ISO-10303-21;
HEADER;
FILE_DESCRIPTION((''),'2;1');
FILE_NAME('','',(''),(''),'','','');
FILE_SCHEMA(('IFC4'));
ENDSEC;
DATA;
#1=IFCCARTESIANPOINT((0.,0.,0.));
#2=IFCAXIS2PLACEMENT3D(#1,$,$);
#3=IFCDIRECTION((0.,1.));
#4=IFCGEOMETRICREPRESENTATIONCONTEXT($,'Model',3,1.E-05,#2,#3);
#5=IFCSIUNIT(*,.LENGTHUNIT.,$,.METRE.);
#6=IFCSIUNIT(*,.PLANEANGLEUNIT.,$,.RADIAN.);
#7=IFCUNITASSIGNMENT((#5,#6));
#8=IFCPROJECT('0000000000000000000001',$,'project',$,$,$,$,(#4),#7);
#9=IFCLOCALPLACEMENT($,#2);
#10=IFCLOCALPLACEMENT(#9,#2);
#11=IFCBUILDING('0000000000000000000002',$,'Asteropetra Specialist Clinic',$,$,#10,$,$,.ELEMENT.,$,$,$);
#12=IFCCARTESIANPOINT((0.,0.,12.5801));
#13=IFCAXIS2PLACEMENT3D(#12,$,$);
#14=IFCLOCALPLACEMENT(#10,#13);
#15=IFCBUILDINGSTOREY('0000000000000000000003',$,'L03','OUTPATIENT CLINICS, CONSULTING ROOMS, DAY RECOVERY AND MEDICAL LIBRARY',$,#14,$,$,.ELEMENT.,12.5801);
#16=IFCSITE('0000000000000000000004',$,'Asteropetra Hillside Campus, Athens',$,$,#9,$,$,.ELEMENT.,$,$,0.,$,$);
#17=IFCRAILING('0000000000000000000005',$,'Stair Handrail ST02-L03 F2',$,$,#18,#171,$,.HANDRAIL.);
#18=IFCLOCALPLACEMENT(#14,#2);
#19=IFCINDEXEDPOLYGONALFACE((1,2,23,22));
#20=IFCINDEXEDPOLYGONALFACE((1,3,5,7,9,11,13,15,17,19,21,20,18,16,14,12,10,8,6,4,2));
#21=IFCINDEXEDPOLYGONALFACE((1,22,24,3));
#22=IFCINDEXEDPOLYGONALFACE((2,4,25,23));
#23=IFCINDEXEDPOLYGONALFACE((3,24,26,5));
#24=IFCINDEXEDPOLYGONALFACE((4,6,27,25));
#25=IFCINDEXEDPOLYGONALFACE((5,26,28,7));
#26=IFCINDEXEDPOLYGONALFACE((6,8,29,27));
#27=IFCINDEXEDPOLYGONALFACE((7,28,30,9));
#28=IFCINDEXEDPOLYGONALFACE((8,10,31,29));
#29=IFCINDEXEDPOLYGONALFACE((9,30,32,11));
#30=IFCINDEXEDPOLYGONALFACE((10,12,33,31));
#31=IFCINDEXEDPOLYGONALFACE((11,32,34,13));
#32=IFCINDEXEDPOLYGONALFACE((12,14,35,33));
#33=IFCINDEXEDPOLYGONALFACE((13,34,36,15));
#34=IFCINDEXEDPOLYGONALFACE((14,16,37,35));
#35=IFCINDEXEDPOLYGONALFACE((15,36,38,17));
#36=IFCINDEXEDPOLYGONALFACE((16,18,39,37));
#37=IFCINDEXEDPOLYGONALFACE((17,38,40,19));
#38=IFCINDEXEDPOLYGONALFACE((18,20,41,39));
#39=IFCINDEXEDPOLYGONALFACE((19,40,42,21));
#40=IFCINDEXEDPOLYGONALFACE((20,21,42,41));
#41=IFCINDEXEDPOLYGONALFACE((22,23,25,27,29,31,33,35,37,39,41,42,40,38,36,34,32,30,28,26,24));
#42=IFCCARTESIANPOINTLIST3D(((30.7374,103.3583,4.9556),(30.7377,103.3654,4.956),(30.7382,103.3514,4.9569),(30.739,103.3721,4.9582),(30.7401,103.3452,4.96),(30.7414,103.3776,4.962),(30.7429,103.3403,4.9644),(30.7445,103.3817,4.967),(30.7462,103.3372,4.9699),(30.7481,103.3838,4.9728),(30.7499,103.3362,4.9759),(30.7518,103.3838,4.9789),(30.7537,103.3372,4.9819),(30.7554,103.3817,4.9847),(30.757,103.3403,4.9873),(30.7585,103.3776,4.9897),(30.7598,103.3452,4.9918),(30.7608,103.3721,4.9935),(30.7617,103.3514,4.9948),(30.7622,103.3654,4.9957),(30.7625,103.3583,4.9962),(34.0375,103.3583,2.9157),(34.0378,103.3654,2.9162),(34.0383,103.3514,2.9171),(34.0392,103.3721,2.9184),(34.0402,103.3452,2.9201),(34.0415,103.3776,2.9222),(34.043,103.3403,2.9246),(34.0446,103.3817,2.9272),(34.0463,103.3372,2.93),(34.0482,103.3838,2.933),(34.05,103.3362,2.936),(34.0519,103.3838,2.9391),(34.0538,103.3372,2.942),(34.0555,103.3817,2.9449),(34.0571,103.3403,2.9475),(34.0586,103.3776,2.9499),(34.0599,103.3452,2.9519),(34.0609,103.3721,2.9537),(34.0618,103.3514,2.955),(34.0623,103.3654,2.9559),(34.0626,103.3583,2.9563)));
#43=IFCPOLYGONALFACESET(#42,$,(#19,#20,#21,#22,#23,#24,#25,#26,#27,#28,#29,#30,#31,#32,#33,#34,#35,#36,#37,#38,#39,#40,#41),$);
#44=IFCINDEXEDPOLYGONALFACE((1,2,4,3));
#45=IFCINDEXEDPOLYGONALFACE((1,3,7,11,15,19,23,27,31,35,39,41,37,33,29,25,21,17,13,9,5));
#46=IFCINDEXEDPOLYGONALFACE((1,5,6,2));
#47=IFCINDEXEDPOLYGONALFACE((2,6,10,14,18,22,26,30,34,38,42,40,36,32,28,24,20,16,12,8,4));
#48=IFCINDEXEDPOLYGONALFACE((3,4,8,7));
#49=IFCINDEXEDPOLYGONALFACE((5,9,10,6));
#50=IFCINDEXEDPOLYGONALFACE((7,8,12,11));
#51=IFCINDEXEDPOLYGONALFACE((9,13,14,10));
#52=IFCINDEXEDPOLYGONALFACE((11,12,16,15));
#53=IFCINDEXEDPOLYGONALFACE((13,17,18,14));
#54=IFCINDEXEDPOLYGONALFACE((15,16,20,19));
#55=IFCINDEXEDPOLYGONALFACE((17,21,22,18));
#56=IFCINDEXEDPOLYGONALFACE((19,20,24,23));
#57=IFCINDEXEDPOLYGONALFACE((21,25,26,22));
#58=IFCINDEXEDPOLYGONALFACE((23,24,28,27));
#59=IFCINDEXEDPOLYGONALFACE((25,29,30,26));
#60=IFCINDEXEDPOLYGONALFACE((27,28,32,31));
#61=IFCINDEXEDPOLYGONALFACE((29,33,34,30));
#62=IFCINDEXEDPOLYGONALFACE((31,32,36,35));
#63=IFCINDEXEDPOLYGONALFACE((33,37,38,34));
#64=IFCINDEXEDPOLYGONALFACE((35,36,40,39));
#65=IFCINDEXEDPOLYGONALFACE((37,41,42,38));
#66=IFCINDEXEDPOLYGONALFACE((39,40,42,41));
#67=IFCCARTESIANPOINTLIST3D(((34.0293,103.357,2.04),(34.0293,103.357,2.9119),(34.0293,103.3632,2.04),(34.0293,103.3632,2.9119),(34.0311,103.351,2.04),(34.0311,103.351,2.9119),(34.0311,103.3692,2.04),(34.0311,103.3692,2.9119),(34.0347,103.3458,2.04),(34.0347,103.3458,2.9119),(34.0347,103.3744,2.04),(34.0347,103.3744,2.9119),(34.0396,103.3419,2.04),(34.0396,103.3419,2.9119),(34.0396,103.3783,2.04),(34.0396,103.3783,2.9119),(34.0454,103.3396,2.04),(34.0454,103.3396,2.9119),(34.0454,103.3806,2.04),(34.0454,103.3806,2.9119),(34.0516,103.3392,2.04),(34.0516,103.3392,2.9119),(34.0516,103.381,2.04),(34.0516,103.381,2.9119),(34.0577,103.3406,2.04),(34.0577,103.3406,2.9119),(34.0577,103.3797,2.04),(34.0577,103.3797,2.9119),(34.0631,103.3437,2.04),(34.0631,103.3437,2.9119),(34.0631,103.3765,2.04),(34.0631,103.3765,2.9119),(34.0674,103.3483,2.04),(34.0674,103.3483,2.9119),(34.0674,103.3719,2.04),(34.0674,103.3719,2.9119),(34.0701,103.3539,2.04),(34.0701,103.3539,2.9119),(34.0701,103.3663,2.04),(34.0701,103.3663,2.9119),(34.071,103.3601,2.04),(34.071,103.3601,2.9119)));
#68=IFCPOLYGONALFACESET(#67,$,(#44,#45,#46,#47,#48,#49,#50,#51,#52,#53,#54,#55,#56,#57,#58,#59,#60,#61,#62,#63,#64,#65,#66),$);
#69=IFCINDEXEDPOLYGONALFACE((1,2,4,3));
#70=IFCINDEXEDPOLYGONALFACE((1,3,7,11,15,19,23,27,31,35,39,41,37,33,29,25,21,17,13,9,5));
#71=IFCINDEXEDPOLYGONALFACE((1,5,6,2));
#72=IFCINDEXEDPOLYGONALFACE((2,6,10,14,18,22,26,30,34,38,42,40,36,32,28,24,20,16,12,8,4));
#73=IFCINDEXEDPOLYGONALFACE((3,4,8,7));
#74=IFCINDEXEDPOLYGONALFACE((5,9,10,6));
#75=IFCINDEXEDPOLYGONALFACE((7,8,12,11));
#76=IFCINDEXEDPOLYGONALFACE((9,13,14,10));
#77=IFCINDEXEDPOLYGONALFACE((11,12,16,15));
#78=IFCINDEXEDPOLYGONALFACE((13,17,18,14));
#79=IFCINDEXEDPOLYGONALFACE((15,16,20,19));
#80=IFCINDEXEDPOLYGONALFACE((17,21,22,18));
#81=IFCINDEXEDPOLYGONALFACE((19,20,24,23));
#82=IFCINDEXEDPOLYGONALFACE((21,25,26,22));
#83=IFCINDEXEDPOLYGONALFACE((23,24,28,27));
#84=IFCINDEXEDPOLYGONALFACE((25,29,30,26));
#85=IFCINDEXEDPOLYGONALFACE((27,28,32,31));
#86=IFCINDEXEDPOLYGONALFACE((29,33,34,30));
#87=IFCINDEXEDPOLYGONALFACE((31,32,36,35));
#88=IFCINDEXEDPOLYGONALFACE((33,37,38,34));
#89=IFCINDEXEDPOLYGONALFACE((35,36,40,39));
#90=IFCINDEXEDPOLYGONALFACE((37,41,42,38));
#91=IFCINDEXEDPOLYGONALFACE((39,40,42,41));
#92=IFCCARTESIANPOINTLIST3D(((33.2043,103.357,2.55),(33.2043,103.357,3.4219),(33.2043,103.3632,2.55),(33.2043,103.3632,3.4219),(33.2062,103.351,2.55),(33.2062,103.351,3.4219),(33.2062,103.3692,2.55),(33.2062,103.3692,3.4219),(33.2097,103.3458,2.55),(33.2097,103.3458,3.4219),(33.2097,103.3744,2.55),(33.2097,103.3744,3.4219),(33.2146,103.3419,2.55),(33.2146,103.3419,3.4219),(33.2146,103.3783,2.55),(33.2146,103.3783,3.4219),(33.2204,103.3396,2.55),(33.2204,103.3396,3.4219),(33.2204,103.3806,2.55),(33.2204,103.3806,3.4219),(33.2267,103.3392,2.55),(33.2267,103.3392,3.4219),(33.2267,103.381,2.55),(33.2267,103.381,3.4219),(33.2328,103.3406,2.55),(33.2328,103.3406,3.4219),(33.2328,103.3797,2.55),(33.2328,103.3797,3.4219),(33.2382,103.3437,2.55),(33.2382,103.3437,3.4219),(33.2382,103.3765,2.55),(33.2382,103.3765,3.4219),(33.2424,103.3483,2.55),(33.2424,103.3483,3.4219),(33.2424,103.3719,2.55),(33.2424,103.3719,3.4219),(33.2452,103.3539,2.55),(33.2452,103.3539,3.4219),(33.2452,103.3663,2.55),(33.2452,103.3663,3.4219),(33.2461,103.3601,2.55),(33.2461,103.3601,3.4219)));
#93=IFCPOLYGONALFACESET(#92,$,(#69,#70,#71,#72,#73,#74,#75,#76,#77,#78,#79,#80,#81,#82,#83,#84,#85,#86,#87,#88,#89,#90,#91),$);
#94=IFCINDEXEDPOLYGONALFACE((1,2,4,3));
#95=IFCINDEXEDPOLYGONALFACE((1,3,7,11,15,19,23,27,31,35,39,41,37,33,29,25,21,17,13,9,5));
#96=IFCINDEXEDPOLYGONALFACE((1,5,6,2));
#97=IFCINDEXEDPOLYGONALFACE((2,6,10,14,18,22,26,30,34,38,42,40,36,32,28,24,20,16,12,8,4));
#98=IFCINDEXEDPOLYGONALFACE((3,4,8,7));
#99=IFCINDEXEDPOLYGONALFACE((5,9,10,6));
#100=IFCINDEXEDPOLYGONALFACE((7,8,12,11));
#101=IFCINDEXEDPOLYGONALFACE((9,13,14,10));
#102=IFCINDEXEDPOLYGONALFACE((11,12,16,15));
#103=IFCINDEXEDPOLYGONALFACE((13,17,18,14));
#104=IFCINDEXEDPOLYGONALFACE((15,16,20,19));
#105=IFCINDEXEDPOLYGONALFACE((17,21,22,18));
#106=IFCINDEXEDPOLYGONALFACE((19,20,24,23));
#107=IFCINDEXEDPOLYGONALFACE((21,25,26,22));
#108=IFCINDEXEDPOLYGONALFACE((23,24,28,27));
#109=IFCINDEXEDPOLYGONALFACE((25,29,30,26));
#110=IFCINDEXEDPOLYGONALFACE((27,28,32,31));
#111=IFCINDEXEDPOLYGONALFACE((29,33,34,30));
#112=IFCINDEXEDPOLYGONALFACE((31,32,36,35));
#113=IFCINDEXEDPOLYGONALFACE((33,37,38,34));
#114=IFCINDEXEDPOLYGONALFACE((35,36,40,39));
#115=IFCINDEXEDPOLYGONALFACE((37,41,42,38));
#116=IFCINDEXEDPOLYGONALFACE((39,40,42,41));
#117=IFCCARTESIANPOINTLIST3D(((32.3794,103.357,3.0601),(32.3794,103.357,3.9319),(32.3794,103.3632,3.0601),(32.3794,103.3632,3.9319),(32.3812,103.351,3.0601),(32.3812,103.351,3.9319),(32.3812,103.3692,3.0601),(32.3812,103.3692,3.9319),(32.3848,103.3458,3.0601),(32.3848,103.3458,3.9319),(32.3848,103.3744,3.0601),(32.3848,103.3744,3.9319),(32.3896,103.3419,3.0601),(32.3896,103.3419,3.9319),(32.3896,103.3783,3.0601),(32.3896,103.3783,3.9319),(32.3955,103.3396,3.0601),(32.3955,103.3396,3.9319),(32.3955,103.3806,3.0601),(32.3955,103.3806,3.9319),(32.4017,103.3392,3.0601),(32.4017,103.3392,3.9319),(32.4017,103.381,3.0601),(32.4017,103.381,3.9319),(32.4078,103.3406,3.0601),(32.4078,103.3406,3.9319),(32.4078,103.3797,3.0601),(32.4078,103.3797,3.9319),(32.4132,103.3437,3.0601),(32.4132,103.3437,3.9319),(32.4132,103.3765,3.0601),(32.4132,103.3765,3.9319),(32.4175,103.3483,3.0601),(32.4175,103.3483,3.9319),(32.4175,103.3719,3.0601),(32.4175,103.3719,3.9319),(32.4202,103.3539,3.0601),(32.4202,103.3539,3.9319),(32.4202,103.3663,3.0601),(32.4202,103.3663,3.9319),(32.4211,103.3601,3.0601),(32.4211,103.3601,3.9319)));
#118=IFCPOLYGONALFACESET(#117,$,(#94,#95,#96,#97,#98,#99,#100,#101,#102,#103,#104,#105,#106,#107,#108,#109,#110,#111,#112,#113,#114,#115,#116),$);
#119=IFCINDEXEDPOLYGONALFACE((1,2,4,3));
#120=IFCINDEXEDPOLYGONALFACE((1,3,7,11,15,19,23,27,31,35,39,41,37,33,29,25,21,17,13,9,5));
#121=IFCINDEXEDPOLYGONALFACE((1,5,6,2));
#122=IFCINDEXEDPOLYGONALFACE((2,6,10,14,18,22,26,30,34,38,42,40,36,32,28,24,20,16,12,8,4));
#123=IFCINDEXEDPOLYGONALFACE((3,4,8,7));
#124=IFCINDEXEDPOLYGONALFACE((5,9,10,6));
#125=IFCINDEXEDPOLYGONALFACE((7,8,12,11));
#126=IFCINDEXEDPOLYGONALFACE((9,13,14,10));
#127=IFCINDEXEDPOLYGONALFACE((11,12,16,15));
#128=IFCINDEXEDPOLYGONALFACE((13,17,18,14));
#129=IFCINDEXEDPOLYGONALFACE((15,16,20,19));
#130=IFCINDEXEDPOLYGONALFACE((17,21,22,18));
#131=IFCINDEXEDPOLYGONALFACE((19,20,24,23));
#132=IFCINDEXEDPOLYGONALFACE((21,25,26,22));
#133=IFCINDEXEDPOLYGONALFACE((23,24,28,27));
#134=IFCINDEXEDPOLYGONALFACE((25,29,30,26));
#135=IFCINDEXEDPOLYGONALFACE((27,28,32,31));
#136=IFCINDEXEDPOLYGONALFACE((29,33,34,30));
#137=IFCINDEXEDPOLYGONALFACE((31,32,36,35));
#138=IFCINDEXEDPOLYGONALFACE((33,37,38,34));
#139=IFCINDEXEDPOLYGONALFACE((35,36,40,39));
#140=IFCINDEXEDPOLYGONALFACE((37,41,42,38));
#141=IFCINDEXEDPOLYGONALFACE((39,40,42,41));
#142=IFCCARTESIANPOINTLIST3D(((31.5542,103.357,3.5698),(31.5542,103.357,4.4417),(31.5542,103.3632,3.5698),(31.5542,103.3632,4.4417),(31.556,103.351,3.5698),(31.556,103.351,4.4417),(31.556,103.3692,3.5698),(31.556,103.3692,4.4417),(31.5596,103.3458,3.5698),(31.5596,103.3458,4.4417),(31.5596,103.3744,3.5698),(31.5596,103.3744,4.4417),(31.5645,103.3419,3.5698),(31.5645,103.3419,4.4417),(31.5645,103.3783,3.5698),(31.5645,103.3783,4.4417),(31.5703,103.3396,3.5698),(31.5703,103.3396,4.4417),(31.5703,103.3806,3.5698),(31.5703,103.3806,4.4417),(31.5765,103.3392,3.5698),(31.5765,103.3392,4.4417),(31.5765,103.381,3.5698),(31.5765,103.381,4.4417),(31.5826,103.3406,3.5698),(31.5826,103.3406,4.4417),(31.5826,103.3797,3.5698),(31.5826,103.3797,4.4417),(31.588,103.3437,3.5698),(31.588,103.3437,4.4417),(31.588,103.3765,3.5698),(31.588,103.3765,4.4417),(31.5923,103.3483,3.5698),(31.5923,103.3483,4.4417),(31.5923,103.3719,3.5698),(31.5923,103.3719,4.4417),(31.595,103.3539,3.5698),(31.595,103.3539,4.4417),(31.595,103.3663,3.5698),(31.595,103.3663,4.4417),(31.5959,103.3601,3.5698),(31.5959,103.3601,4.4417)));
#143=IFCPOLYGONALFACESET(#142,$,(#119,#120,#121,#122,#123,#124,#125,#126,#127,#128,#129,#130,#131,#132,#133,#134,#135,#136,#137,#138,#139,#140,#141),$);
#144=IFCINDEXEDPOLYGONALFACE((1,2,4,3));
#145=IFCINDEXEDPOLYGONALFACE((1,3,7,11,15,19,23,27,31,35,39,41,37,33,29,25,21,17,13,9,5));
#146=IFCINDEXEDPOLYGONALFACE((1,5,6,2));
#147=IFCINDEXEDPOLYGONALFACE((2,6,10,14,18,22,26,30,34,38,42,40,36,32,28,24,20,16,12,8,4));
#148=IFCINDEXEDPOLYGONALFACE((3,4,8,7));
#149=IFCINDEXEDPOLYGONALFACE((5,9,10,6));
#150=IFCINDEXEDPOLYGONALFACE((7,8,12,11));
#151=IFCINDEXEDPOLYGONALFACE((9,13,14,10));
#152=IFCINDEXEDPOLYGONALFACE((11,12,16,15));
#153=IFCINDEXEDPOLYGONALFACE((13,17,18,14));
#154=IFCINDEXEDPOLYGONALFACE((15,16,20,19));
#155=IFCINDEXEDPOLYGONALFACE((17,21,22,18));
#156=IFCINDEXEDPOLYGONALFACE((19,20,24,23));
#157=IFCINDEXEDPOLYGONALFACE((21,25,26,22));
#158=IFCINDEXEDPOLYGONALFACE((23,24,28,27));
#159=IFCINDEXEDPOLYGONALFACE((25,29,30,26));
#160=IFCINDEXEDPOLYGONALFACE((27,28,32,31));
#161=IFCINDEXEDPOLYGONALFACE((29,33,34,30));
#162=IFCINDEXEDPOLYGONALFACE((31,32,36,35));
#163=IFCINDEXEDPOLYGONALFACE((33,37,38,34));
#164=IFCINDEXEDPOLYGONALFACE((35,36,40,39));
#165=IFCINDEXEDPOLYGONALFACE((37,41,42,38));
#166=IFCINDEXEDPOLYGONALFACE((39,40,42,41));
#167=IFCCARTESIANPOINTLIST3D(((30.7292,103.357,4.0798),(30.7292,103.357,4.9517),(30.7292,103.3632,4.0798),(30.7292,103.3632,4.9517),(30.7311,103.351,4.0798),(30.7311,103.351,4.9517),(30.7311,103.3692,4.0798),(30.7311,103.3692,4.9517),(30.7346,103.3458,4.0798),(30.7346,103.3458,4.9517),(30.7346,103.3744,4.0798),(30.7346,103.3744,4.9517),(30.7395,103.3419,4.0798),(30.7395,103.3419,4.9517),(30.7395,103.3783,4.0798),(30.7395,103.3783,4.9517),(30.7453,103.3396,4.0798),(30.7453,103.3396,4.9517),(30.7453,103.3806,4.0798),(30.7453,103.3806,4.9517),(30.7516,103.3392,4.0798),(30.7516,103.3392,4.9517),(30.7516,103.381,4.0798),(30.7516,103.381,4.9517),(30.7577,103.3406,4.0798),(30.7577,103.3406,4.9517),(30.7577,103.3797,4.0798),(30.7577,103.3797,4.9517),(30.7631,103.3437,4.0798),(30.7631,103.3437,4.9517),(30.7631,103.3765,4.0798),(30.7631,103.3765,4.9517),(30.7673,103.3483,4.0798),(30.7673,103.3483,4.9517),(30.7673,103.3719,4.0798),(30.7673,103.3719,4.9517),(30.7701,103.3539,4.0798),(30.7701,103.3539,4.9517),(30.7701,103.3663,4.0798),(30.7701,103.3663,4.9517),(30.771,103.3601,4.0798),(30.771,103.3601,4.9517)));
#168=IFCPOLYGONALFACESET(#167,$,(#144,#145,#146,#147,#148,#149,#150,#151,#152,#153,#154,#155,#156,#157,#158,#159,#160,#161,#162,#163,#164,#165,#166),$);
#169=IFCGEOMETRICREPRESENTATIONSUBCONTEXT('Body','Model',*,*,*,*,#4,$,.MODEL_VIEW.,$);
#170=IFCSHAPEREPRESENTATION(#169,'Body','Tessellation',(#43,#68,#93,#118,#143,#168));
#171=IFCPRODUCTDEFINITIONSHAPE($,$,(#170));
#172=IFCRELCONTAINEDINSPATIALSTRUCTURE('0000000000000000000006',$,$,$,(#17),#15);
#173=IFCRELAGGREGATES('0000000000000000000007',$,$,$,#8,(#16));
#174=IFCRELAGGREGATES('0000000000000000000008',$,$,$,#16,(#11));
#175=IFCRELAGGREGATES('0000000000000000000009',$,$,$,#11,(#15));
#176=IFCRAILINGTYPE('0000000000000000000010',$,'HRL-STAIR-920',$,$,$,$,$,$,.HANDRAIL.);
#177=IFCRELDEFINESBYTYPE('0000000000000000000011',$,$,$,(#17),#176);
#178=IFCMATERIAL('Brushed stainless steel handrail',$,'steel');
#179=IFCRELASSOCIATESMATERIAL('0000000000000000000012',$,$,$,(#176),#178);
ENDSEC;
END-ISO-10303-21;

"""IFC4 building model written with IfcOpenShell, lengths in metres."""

from ifc_helpers import new_model, si_unit, direction, frame, origin, origin_2d, place, context, subcontext, project, spatial, circle, extrude, material, type_object, element, save


model = new_model("IFC4")

# Units and contexts
model_context = context("Model", 3, precision=1e-05, world=origin(), true_north=direction((0.0, 1.0)))
body_context = subcontext(model_context, "Body", "Model", "MODEL_VIEW")
ifc_project = project(units=[si_unit("LENGTHUNIT", "METRE"), si_unit("PLANEANGLEUNIT", "RADIAN")], contexts=[model_context])

# Site, building, storey
site_placement = place(None, origin())
site = spatial("IfcSite", under=ifc_project, at=site_placement, Name="Asteropetra Hillside Campus, Athens", CompositionType="ELEMENT", RefElevation=0.0)
building_placement = place(site_placement, origin())
building = spatial("IfcBuilding", under=site, at=building_placement, Name="Asteropetra Specialist Clinic", CompositionType="ELEMENT")
storey_placement = place(building_placement, frame((0.0, 0.0, 12.5801)))
storey = spatial("IfcBuildingStorey", under=building, at=storey_placement, Name="L03", Description="OUTPATIENT CLINICS, CONSULTING ROOMS, DAY RECOVERY AND MEDICAL LIBRARY", CompositionType="ELEMENT", Elevation=12.5801)

# Railing
ifc_material_1 = material(Name="Brushed stainless steel handrail", Category="steel")
railing_type_1 = type_object("IfcRailingType", Name="HRL-STAIR-920", PredefinedType="HANDRAIL", material=ifc_material_1)
railing_1_placement = place(storey_placement, frame((34.05, 103.3601, 2.04)))
element("IfcRailing", 1, at=railing_1_placement, inside=storey, type_object=railing_type_1, Name="Stair Handrail ST02-L03 F2", PredefinedType="HANDRAIL", context=body_context, shape_type="SweptSolid", body=[
    extrude(circle(Radius=0.0239, at=origin_2d()), frame((0.0, 0.0, 0.896), z_axis=(-0.850622, 0.0, 0.525778), x_axis=(0.0, -1.0, 0.0)), (0.0, 0.0, 1.0), 3.8796),
    extrude(circle(Radius=0.021, at=origin_2d()), origin(), (0.0, 0.0, 1.0), 0.8718),
    extrude(circle(Radius=0.021, at=origin_2d()), frame((-0.825, 0.0, 0.51)), (0.0, 0.0, 1.0), 0.8718),
    extrude(circle(Radius=0.021, at=origin_2d()), frame((-1.6499, 0.0, 1.02)), (0.0, 0.0, 1.0), 0.8718),
    extrude(circle(Radius=0.021, at=origin_2d()), frame((-2.4751, 0.0, 1.5298)), (0.0, 0.0, 1.0), 0.8718),
    extrude(circle(Radius=0.021, at=origin_2d()), frame((-3.3, 0.0, 2.0398)), (0.0, 0.0, 1.0), 0.8718),
])

save(model, "model.ifc")
